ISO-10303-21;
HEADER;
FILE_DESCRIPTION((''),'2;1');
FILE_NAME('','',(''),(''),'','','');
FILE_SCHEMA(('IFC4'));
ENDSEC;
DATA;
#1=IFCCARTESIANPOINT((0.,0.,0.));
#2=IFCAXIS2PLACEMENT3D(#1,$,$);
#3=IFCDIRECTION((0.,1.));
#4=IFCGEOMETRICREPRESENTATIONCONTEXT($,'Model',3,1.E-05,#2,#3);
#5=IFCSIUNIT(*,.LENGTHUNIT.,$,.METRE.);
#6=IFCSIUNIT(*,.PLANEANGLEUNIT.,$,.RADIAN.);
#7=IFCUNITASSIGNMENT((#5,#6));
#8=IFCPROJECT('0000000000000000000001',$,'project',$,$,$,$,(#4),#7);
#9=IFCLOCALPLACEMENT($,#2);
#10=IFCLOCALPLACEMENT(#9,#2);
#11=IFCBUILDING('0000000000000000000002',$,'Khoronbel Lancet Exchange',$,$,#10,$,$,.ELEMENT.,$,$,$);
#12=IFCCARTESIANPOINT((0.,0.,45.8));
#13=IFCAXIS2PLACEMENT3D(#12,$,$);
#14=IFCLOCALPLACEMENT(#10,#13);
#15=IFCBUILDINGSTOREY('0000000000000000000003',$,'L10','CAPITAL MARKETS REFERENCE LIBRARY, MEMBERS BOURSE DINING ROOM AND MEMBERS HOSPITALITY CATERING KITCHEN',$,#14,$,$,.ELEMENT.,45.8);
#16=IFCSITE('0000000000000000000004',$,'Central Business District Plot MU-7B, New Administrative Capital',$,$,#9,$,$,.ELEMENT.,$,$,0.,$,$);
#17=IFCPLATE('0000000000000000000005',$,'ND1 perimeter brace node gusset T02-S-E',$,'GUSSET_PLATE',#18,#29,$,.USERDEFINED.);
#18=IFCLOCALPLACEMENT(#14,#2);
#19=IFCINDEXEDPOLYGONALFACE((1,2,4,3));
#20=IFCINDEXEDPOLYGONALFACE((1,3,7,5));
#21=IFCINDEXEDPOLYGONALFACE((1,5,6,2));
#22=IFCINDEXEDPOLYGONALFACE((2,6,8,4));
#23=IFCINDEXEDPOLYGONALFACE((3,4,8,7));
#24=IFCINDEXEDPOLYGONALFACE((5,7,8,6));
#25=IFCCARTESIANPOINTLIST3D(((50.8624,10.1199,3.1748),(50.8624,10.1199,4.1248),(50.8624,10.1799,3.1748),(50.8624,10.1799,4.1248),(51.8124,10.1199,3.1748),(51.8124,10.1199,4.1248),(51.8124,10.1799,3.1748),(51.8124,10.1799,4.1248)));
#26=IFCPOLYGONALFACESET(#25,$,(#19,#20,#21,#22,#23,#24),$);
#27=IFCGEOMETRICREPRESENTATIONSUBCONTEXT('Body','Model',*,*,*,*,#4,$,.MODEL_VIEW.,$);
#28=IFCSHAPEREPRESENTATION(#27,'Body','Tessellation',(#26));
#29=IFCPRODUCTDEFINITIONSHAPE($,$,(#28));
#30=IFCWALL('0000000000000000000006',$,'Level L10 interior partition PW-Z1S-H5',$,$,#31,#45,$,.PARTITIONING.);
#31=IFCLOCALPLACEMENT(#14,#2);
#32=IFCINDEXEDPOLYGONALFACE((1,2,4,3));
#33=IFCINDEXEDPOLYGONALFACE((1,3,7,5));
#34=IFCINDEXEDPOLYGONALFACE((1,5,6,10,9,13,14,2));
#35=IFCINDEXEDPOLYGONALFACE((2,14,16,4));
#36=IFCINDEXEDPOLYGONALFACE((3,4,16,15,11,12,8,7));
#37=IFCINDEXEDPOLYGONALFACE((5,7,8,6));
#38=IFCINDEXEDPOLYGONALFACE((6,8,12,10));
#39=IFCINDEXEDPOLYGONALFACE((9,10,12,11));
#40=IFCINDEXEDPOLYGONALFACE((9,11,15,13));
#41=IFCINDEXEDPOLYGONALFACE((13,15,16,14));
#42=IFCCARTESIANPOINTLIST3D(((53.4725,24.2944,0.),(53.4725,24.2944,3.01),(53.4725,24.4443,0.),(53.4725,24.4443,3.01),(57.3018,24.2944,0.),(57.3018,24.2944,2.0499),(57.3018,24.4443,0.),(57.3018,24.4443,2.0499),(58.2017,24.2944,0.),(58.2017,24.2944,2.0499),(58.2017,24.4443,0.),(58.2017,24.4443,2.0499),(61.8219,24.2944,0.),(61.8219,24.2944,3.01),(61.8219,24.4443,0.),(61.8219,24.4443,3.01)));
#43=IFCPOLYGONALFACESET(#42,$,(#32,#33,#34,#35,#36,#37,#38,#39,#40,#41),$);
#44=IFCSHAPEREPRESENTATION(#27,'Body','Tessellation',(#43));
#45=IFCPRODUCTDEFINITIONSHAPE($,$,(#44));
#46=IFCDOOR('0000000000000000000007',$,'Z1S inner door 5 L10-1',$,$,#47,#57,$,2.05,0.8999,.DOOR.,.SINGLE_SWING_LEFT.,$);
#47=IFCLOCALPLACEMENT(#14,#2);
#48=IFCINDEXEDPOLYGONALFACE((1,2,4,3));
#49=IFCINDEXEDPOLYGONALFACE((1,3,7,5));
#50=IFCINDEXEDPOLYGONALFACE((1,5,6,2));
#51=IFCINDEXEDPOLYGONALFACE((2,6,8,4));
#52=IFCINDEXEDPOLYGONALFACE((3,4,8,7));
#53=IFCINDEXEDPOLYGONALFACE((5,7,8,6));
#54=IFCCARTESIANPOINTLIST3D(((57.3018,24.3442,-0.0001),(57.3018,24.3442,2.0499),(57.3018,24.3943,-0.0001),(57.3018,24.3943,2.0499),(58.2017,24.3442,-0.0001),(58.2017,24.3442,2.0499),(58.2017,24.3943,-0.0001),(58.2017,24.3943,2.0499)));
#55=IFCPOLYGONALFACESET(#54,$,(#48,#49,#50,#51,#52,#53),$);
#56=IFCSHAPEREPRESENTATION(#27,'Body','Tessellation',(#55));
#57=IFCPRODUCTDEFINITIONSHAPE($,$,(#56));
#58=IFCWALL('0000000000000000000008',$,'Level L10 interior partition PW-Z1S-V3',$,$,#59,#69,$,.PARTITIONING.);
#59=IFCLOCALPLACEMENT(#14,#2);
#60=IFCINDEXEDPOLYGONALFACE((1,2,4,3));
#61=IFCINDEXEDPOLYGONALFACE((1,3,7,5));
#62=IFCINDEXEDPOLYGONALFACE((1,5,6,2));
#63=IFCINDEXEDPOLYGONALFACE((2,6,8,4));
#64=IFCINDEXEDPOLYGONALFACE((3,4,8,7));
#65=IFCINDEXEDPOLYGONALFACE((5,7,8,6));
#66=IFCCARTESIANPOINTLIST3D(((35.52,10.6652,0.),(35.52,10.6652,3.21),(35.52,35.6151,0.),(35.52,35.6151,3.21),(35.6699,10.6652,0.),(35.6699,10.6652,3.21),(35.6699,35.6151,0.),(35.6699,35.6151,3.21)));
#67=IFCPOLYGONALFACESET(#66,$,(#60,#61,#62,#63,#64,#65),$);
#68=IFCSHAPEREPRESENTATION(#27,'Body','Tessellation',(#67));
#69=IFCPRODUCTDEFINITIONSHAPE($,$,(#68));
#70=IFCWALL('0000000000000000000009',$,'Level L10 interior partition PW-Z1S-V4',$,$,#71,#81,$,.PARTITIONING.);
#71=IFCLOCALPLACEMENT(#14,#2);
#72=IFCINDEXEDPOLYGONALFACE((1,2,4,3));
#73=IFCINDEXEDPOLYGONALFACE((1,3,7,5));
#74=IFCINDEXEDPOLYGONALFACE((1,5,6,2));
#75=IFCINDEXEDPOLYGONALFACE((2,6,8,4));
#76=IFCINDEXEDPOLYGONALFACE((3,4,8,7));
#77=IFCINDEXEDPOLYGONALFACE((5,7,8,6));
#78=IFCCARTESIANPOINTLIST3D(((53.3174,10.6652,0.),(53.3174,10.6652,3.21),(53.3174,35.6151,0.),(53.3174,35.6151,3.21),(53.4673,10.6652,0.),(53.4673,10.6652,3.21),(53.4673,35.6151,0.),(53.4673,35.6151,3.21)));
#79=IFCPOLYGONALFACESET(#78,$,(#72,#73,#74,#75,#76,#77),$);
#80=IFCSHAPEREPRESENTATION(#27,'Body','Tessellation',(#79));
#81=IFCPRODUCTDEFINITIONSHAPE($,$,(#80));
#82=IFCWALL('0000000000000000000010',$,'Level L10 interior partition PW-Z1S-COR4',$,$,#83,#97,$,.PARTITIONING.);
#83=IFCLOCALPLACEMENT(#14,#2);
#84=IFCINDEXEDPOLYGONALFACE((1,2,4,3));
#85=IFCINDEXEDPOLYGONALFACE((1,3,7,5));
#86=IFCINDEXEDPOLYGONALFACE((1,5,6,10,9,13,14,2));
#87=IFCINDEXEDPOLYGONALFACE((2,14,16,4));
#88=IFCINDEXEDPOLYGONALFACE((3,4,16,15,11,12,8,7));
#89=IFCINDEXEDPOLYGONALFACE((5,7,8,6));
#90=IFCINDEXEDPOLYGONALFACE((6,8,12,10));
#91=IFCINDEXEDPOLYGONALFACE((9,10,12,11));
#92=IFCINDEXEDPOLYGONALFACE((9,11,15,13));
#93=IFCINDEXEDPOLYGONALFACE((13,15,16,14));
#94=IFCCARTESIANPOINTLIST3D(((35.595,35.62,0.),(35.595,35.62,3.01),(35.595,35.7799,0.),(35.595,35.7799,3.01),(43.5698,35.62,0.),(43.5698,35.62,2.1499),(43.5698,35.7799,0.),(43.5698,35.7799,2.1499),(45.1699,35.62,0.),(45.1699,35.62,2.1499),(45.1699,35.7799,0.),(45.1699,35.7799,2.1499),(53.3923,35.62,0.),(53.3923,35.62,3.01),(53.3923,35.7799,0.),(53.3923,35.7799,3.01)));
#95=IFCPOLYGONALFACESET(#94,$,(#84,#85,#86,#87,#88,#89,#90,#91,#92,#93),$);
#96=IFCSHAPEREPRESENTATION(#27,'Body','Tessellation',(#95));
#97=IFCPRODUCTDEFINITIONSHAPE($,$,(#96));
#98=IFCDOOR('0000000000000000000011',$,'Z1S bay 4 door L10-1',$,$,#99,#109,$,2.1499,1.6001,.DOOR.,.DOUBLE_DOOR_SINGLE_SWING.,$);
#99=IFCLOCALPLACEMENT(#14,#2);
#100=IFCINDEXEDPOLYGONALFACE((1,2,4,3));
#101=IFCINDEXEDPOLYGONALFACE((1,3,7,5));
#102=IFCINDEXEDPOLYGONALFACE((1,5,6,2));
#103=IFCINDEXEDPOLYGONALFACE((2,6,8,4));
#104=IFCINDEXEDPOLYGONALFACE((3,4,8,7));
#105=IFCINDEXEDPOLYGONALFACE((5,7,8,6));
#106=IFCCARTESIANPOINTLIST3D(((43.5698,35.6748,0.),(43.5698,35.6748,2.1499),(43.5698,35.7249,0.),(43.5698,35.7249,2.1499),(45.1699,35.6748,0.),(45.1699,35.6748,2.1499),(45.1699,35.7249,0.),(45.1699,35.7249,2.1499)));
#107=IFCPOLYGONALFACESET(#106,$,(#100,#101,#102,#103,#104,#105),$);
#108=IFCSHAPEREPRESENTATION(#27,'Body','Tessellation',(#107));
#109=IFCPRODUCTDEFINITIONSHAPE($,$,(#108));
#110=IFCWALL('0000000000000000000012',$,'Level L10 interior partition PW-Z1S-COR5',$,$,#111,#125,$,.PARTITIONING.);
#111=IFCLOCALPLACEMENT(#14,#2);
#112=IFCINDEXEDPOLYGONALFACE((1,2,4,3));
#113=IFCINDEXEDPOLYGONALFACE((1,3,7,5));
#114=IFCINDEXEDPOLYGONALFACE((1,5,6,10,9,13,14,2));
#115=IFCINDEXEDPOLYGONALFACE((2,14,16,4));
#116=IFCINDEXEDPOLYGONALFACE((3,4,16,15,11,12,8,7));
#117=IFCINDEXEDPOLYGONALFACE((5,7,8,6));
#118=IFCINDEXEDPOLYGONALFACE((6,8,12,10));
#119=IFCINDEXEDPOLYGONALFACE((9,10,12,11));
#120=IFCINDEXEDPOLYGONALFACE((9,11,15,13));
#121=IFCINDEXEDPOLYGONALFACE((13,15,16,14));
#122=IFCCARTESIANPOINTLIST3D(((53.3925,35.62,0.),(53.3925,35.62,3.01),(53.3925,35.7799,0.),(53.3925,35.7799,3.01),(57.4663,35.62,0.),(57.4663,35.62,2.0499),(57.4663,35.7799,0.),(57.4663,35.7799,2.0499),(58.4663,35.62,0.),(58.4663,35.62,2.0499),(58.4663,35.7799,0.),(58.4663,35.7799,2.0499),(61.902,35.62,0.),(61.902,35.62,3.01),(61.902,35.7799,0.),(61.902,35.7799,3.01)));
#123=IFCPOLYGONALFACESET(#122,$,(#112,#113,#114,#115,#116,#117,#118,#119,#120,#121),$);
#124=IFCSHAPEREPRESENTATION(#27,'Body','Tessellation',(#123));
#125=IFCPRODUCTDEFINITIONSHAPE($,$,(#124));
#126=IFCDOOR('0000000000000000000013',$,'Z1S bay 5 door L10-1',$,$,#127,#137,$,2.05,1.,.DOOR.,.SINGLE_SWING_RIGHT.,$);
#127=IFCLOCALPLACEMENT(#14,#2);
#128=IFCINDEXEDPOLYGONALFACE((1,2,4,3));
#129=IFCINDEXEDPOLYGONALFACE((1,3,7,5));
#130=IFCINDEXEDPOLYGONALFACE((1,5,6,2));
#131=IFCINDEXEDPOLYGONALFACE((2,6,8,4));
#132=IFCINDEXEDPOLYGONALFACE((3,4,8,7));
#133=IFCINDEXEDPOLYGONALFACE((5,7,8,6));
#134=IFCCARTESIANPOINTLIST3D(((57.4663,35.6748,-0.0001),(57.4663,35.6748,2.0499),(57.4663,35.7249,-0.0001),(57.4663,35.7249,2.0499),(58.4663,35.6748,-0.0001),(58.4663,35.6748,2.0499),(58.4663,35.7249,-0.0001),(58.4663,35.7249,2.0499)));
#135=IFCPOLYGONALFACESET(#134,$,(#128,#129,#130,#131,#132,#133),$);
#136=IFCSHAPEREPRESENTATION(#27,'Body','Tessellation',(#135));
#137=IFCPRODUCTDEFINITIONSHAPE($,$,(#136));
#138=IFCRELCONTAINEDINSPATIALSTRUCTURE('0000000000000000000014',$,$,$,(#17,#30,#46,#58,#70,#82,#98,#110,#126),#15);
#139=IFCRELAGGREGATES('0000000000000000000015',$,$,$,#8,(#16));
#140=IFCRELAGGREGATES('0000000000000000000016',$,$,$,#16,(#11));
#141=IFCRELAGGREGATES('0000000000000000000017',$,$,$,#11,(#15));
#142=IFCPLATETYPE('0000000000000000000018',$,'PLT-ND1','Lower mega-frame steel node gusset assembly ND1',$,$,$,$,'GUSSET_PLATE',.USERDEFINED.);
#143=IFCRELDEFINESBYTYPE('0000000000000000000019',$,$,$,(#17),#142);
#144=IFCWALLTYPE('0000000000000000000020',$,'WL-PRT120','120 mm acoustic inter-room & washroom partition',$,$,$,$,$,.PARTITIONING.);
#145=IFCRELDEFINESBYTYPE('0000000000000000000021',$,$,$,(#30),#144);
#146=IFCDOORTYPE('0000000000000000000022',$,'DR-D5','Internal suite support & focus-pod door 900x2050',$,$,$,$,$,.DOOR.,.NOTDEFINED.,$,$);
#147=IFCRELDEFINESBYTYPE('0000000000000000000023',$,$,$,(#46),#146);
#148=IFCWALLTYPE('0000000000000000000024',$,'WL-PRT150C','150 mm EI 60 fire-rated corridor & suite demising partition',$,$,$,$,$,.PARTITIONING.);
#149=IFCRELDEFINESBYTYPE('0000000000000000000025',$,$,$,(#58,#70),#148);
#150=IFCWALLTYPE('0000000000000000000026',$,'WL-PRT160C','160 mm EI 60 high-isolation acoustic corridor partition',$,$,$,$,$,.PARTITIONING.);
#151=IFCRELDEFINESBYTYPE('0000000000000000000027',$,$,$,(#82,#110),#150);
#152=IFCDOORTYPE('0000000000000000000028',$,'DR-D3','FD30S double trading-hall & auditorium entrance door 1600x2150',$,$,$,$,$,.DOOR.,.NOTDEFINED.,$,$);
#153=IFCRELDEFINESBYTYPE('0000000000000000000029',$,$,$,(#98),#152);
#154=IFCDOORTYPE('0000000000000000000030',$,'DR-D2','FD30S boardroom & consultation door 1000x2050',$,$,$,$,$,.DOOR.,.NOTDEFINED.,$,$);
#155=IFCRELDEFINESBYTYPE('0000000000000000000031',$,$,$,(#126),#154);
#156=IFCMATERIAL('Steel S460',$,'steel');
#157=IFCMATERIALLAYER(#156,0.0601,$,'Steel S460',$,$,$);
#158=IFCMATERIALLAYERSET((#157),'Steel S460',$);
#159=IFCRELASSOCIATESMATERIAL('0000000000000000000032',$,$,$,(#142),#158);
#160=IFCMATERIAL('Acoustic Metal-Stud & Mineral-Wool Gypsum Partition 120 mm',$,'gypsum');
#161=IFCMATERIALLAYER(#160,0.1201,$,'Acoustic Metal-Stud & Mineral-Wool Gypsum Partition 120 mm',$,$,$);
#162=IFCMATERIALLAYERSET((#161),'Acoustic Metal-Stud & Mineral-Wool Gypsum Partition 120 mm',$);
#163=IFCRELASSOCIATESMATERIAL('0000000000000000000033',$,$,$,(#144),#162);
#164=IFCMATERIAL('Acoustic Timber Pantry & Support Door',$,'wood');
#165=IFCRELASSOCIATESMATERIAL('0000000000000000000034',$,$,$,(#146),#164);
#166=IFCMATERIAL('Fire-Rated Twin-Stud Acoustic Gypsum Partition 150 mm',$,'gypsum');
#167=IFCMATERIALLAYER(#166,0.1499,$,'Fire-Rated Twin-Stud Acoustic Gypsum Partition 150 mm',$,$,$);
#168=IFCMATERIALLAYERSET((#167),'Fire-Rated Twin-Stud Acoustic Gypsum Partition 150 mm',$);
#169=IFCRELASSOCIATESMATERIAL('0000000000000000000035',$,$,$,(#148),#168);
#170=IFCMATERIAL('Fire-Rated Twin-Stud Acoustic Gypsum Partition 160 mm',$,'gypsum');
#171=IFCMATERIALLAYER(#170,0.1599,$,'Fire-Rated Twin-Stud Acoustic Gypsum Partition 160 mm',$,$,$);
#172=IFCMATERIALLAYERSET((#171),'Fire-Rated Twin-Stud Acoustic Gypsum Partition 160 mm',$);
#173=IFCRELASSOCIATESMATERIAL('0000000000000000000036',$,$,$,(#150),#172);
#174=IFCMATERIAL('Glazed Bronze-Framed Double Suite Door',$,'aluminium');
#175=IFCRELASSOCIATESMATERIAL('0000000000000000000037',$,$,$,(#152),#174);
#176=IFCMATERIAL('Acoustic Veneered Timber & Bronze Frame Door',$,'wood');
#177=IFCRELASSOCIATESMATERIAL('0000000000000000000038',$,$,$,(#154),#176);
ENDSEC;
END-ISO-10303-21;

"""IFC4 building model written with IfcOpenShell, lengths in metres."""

from ifc_helpers import new_model, si_unit, direction, frame, frame_2d, origin, origin_2d, place, context, subcontext, project, spatial, rectangle, extrude, material, layer, layer_set, type_object, element, fill, save


model = new_model("IFC4")

# Units and contexts
model_context = context("Model", 3, precision=1e-05, world=origin(), true_north=direction((0.0, 1.0)))
body_context = subcontext(model_context, "Body", "Model", "MODEL_VIEW")
ifc_project = project(units=[si_unit("LENGTHUNIT", "METRE"), si_unit("PLANEANGLEUNIT", "RADIAN")], contexts=[model_context])

# Site, building, storey
site_placement = place(None, origin())
site = spatial("IfcSite", under=ifc_project, at=site_placement, Name="Central Business District Plot MU-7B, New Administrative Capital", CompositionType="ELEMENT", RefElevation=0.0)
building_placement = place(site_placement, origin())
building = spatial("IfcBuilding", under=site, at=building_placement, Name="Khoronbel Lancet Exchange", CompositionType="ELEMENT")
storey_placement = place(building_placement, frame((0.0, 0.0, 45.8)))
storey = spatial("IfcBuildingStorey", under=building, at=storey_placement, Name="L10", Description="CAPITAL MARKETS REFERENCE LIBRARY, MEMBERS BOURSE DINING ROOM AND MEMBERS HOSPITALITY CATERING KITCHEN", CompositionType="ELEMENT", Elevation=45.8)

# Shared definitions
ifc_material_1 = material(Name="Steel S460", Category="steel")

# Plate
ifc_layer_1 = layer(ifc_material_1, 0.0601, Name="Steel S460")
ifc_layer_set_1 = layer_set([ifc_layer_1], Name="Steel S460")
plate_type = type_object("IfcPlateType", Name="PLT-ND1", Description="Lower mega-frame steel node gusset assembly ND1", ElementType="GUSSET_PLATE", PredefinedType="USERDEFINED", material=ifc_layer_set_1)
plate_placement = place(storey_placement, frame((51.3374, 10.1499, 3.1748), z_axis=(0.0, 0.0, 1.0), x_axis=(1.0, 0.0, 0.0)))
element("IfcPlate", 1, at=plate_placement, inside=storey, type_object=plate_type, Name="ND1 perimeter brace node gusset T02-S-E", ObjectType="GUSSET_PLATE", PredefinedType="USERDEFINED", context=body_context, shape_type="SweptSolid", body=[
    extrude(rectangle(XDim=0.95, YDim=0.0601, at=origin_2d()), origin(), (0.0, 0.0, 1.0), 0.95),
])

# Wall, opening, door
ifc_material_2 = material(Name="Acoustic Metal-Stud & Mineral-Wool Gypsum Partition 120 mm", Category="gypsum")
ifc_layer_2 = layer(ifc_material_2, 0.1201, Name="Acoustic Metal-Stud & Mineral-Wool Gypsum Partition 120 mm")
ifc_layer_set_2 = layer_set([ifc_layer_2], Name="Acoustic Metal-Stud & Mineral-Wool Gypsum Partition 120 mm")
wall_type_1 = type_object("IfcWallType", Name="WL-PRT120", Description="120 mm acoustic inter-room & washroom partition", PredefinedType="PARTITIONING", material=ifc_layer_set_2)
wall_1_placement = place(storey_placement, frame((53.4724, 24.3694, 0.0), z_axis=(0.0, 0.0, 1.0), x_axis=(1.0, 0.0, 0.0)))
wall_1 = element("IfcWall", 2, at=wall_1_placement, inside=storey, type_object=wall_type_1, Name="Level L10 interior partition PW-Z1S-H5", PredefinedType="PARTITIONING", context=body_context, shape_type="SweptSolid", body=[
    extrude(rectangle(XDim=8.3494, YDim=0.1499, at=frame_2d((4.1748, 0.0))), origin(), (0.0, 0.0, 1.0), 3.01),
])
opening_1_placement = place(wall_1_placement, frame((3.8293, 0.0, 0.0)))
opening_1 = element("IfcOpeningElement", 3, at=opening_1_placement, cuts=wall_1, PredefinedType="OPENING", context=body_context, shape_type="SweptSolid", body=[
    extrude(rectangle(XDim=0.8999, YDim=2.05, at=frame_2d((0.45, 1.0249))), frame((0.0, 0.085, 0.0), z_axis=(0.0, -1.0, 0.0), x_axis=(1.0, 0.0, 0.0)), (0.0, 0.0, 1.0), 0.1699),
])
ifc_material_3 = material(Name="Acoustic Timber Pantry & Support Door", Category="wood")
door_type_1 = type_object("IfcDoorType", Name="DR-D5", Description="Internal suite support & focus-pod door 900x2050", OperationType="NOTDEFINED", PredefinedType="DOOR", material=ifc_material_3)
door_1_placement = place(opening_1_placement, origin())
door_1 = element("IfcDoor", 4, at=door_1_placement, inside=storey, type_object=door_type_1, Name="Z1S inner door 5 L10-1", OperationType="SINGLE_SWING_LEFT", OverallHeight=2.05, OverallWidth=0.8999, PredefinedType="DOOR", context=body_context, shape_type="SweptSolid", body=[
    extrude(rectangle(XDim=0.8999, YDim=2.05, at=frame_2d((0.45, 1.0249))), frame((0.0, 0.0249, 0.0), z_axis=(0.0, -1.0, 0.0), x_axis=(1.0, 0.0, 0.0)), (0.0, 0.0, 1.0), 0.05),
])
fill(opening_1, door_1)

# Walls
ifc_material_4 = material(Name="Fire-Rated Twin-Stud Acoustic Gypsum Partition 150 mm", Category="gypsum")
ifc_layer_3 = layer(ifc_material_4, 0.1499, Name="Fire-Rated Twin-Stud Acoustic Gypsum Partition 150 mm")
ifc_layer_set_3 = layer_set([ifc_layer_3], Name="Fire-Rated Twin-Stud Acoustic Gypsum Partition 150 mm")
wall_type_2 = type_object("IfcWallType", Name="WL-PRT150C", Description="150 mm EI 60 fire-rated corridor & suite demising partition", PredefinedType="PARTITIONING", material=ifc_layer_set_3)
for number, where, z_axis, x_axis, name in (
    (5, (35.595, 10.665, 0.0), (0.0, 0.0, 1.0), (0.0, 1.0, 0.0), "Level L10 interior partition PW-Z1S-V3"),
    (6, (53.3923, 10.665, 0.0), (0.0, 0.0, 1.0), (0.0, 1.0, 0.0), "Level L10 interior partition PW-Z1S-V4"),
):
    element("IfcWall", number, at=place(storey_placement, frame(where, z_axis=z_axis, x_axis=x_axis)), inside=storey, type_object=wall_type_2, Name=name, PredefinedType="PARTITIONING", context=body_context, shape_type="SweptSolid", body=[
        extrude(rectangle(XDim=24.95, YDim=0.1499, at=frame_2d((12.4751, 0.0))), origin(), (0.0, 0.0, 1.0), 3.21),
    ])

# Walls, openings, doors
ifc_material_5 = material(Name="Fire-Rated Twin-Stud Acoustic Gypsum Partition 160 mm", Category="gypsum")
ifc_layer_4 = layer(ifc_material_5, 0.1599, Name="Fire-Rated Twin-Stud Acoustic Gypsum Partition 160 mm")
ifc_layer_set_4 = layer_set([ifc_layer_4], Name="Fire-Rated Twin-Stud Acoustic Gypsum Partition 160 mm")
wall_type_3 = type_object("IfcWallType", Name="WL-PRT160C", Description="160 mm EI 60 high-isolation acoustic corridor partition", PredefinedType="PARTITIONING", material=ifc_layer_set_4)
wall_2_placement = place(storey_placement, frame((35.595, 35.7, 0.0), z_axis=(0.0, 0.0, 1.0), x_axis=(1.0, 0.0, 0.0)))
wall_2 = element("IfcWall", 7, at=wall_2_placement, inside=storey, type_object=wall_type_3, Name="Level L10 interior partition PW-Z1S-COR4", PredefinedType="PARTITIONING", context=body_context, shape_type="SweptSolid", body=[
    extrude(rectangle(XDim=17.7974, YDim=0.1599, at=frame_2d((8.8987, 0.0))), origin(), (0.0, 0.0, 1.0), 3.01),
])
opening_2_placement = place(wall_2_placement, frame((7.9749, 0.0, 0.0)))
opening_2 = element("IfcOpeningElement", 8, at=opening_2_placement, cuts=wall_2, PredefinedType="OPENING", context=body_context, shape_type="SweptSolid", body=[
    extrude(rectangle(XDim=1.6001, YDim=2.1499, at=frame_2d((0.8, 1.075))), frame((0.0, 0.0898, 0.0), z_axis=(0.0, -1.0, 0.0), x_axis=(1.0, 0.0, 0.0)), (0.0, 0.0, 1.0), 0.1799),
])
ifc_material_6 = material(Name="Glazed Bronze-Framed Double Suite Door", Category="aluminium")
door_type_2 = type_object("IfcDoorType", Name="DR-D3", Description="FD30S double trading-hall & auditorium entrance door 1600x2150", OperationType="NOTDEFINED", PredefinedType="DOOR", material=ifc_material_6)
door_2_placement = place(opening_2_placement, origin())
door_2 = element("IfcDoor", 9, at=door_2_placement, inside=storey, type_object=door_type_2, Name="Z1S bay 4 door L10-1", OperationType="DOUBLE_DOOR_SINGLE_SWING", OverallHeight=2.1499, OverallWidth=1.6001, PredefinedType="DOOR", context=body_context, shape_type="SweptSolid", body=[
    extrude(rectangle(XDim=1.6001, YDim=2.1499, at=frame_2d((0.8, 1.075))), frame((0.0, 0.0249, 0.0), z_axis=(0.0, -1.0, 0.0), x_axis=(1.0, 0.0, 0.0)), (0.0, 0.0, 1.0), 0.05),
])
fill(opening_2, door_2)
wall_3_placement = place(storey_placement, frame((53.3923, 35.7, 0.0), z_axis=(0.0, 0.0, 1.0), x_axis=(1.0, 0.0, 0.0)))
wall_3 = element("IfcWall", 10, at=wall_3_placement, inside=storey, type_object=wall_type_3, Name="Level L10 interior partition PW-Z1S-COR5", PredefinedType="PARTITIONING", context=body_context, shape_type="SweptSolid", body=[
    extrude(rectangle(XDim=8.5095, YDim=0.1599, at=frame_2d((4.2549, 0.0))), origin(), (0.0, 0.0, 1.0), 3.01),
])
opening_3_placement = place(wall_3_placement, frame((4.074, 0.0, 0.0)))
opening_3 = element("IfcOpeningElement", 11, at=opening_3_placement, cuts=wall_3, PredefinedType="OPENING", context=body_context, shape_type="SweptSolid", body=[
    extrude(rectangle(XDim=1.0, YDim=2.05, at=frame_2d((0.5, 1.0249))), frame((0.0, 0.0898, 0.0), z_axis=(0.0, -1.0, 0.0), x_axis=(1.0, 0.0, 0.0)), (0.0, 0.0, 1.0), 0.1799),
])
ifc_material_7 = material(Name="Acoustic Veneered Timber & Bronze Frame Door", Category="wood")
door_type_3 = type_object("IfcDoorType", Name="DR-D2", Description="FD30S boardroom & consultation door 1000x2050", OperationType="NOTDEFINED", PredefinedType="DOOR", material=ifc_material_7)
door_3_placement = place(opening_3_placement, origin())
door_3 = element("IfcDoor", 12, at=door_3_placement, inside=storey, type_object=door_type_3, Name="Z1S bay 5 door L10-1", OperationType="SINGLE_SWING_RIGHT", OverallHeight=2.05, OverallWidth=1.0, PredefinedType="DOOR", context=body_context, shape_type="SweptSolid", body=[
    extrude(rectangle(XDim=1.0, YDim=2.05, at=frame_2d((0.5, 1.0249))), frame((0.0, 0.0249, 0.0), z_axis=(0.0, -1.0, 0.0), x_axis=(1.0, 0.0, 0.0)), (0.0, 0.0, 1.0), 0.05),
])
fill(opening_3, door_3)

save(model, "model.ifc")
